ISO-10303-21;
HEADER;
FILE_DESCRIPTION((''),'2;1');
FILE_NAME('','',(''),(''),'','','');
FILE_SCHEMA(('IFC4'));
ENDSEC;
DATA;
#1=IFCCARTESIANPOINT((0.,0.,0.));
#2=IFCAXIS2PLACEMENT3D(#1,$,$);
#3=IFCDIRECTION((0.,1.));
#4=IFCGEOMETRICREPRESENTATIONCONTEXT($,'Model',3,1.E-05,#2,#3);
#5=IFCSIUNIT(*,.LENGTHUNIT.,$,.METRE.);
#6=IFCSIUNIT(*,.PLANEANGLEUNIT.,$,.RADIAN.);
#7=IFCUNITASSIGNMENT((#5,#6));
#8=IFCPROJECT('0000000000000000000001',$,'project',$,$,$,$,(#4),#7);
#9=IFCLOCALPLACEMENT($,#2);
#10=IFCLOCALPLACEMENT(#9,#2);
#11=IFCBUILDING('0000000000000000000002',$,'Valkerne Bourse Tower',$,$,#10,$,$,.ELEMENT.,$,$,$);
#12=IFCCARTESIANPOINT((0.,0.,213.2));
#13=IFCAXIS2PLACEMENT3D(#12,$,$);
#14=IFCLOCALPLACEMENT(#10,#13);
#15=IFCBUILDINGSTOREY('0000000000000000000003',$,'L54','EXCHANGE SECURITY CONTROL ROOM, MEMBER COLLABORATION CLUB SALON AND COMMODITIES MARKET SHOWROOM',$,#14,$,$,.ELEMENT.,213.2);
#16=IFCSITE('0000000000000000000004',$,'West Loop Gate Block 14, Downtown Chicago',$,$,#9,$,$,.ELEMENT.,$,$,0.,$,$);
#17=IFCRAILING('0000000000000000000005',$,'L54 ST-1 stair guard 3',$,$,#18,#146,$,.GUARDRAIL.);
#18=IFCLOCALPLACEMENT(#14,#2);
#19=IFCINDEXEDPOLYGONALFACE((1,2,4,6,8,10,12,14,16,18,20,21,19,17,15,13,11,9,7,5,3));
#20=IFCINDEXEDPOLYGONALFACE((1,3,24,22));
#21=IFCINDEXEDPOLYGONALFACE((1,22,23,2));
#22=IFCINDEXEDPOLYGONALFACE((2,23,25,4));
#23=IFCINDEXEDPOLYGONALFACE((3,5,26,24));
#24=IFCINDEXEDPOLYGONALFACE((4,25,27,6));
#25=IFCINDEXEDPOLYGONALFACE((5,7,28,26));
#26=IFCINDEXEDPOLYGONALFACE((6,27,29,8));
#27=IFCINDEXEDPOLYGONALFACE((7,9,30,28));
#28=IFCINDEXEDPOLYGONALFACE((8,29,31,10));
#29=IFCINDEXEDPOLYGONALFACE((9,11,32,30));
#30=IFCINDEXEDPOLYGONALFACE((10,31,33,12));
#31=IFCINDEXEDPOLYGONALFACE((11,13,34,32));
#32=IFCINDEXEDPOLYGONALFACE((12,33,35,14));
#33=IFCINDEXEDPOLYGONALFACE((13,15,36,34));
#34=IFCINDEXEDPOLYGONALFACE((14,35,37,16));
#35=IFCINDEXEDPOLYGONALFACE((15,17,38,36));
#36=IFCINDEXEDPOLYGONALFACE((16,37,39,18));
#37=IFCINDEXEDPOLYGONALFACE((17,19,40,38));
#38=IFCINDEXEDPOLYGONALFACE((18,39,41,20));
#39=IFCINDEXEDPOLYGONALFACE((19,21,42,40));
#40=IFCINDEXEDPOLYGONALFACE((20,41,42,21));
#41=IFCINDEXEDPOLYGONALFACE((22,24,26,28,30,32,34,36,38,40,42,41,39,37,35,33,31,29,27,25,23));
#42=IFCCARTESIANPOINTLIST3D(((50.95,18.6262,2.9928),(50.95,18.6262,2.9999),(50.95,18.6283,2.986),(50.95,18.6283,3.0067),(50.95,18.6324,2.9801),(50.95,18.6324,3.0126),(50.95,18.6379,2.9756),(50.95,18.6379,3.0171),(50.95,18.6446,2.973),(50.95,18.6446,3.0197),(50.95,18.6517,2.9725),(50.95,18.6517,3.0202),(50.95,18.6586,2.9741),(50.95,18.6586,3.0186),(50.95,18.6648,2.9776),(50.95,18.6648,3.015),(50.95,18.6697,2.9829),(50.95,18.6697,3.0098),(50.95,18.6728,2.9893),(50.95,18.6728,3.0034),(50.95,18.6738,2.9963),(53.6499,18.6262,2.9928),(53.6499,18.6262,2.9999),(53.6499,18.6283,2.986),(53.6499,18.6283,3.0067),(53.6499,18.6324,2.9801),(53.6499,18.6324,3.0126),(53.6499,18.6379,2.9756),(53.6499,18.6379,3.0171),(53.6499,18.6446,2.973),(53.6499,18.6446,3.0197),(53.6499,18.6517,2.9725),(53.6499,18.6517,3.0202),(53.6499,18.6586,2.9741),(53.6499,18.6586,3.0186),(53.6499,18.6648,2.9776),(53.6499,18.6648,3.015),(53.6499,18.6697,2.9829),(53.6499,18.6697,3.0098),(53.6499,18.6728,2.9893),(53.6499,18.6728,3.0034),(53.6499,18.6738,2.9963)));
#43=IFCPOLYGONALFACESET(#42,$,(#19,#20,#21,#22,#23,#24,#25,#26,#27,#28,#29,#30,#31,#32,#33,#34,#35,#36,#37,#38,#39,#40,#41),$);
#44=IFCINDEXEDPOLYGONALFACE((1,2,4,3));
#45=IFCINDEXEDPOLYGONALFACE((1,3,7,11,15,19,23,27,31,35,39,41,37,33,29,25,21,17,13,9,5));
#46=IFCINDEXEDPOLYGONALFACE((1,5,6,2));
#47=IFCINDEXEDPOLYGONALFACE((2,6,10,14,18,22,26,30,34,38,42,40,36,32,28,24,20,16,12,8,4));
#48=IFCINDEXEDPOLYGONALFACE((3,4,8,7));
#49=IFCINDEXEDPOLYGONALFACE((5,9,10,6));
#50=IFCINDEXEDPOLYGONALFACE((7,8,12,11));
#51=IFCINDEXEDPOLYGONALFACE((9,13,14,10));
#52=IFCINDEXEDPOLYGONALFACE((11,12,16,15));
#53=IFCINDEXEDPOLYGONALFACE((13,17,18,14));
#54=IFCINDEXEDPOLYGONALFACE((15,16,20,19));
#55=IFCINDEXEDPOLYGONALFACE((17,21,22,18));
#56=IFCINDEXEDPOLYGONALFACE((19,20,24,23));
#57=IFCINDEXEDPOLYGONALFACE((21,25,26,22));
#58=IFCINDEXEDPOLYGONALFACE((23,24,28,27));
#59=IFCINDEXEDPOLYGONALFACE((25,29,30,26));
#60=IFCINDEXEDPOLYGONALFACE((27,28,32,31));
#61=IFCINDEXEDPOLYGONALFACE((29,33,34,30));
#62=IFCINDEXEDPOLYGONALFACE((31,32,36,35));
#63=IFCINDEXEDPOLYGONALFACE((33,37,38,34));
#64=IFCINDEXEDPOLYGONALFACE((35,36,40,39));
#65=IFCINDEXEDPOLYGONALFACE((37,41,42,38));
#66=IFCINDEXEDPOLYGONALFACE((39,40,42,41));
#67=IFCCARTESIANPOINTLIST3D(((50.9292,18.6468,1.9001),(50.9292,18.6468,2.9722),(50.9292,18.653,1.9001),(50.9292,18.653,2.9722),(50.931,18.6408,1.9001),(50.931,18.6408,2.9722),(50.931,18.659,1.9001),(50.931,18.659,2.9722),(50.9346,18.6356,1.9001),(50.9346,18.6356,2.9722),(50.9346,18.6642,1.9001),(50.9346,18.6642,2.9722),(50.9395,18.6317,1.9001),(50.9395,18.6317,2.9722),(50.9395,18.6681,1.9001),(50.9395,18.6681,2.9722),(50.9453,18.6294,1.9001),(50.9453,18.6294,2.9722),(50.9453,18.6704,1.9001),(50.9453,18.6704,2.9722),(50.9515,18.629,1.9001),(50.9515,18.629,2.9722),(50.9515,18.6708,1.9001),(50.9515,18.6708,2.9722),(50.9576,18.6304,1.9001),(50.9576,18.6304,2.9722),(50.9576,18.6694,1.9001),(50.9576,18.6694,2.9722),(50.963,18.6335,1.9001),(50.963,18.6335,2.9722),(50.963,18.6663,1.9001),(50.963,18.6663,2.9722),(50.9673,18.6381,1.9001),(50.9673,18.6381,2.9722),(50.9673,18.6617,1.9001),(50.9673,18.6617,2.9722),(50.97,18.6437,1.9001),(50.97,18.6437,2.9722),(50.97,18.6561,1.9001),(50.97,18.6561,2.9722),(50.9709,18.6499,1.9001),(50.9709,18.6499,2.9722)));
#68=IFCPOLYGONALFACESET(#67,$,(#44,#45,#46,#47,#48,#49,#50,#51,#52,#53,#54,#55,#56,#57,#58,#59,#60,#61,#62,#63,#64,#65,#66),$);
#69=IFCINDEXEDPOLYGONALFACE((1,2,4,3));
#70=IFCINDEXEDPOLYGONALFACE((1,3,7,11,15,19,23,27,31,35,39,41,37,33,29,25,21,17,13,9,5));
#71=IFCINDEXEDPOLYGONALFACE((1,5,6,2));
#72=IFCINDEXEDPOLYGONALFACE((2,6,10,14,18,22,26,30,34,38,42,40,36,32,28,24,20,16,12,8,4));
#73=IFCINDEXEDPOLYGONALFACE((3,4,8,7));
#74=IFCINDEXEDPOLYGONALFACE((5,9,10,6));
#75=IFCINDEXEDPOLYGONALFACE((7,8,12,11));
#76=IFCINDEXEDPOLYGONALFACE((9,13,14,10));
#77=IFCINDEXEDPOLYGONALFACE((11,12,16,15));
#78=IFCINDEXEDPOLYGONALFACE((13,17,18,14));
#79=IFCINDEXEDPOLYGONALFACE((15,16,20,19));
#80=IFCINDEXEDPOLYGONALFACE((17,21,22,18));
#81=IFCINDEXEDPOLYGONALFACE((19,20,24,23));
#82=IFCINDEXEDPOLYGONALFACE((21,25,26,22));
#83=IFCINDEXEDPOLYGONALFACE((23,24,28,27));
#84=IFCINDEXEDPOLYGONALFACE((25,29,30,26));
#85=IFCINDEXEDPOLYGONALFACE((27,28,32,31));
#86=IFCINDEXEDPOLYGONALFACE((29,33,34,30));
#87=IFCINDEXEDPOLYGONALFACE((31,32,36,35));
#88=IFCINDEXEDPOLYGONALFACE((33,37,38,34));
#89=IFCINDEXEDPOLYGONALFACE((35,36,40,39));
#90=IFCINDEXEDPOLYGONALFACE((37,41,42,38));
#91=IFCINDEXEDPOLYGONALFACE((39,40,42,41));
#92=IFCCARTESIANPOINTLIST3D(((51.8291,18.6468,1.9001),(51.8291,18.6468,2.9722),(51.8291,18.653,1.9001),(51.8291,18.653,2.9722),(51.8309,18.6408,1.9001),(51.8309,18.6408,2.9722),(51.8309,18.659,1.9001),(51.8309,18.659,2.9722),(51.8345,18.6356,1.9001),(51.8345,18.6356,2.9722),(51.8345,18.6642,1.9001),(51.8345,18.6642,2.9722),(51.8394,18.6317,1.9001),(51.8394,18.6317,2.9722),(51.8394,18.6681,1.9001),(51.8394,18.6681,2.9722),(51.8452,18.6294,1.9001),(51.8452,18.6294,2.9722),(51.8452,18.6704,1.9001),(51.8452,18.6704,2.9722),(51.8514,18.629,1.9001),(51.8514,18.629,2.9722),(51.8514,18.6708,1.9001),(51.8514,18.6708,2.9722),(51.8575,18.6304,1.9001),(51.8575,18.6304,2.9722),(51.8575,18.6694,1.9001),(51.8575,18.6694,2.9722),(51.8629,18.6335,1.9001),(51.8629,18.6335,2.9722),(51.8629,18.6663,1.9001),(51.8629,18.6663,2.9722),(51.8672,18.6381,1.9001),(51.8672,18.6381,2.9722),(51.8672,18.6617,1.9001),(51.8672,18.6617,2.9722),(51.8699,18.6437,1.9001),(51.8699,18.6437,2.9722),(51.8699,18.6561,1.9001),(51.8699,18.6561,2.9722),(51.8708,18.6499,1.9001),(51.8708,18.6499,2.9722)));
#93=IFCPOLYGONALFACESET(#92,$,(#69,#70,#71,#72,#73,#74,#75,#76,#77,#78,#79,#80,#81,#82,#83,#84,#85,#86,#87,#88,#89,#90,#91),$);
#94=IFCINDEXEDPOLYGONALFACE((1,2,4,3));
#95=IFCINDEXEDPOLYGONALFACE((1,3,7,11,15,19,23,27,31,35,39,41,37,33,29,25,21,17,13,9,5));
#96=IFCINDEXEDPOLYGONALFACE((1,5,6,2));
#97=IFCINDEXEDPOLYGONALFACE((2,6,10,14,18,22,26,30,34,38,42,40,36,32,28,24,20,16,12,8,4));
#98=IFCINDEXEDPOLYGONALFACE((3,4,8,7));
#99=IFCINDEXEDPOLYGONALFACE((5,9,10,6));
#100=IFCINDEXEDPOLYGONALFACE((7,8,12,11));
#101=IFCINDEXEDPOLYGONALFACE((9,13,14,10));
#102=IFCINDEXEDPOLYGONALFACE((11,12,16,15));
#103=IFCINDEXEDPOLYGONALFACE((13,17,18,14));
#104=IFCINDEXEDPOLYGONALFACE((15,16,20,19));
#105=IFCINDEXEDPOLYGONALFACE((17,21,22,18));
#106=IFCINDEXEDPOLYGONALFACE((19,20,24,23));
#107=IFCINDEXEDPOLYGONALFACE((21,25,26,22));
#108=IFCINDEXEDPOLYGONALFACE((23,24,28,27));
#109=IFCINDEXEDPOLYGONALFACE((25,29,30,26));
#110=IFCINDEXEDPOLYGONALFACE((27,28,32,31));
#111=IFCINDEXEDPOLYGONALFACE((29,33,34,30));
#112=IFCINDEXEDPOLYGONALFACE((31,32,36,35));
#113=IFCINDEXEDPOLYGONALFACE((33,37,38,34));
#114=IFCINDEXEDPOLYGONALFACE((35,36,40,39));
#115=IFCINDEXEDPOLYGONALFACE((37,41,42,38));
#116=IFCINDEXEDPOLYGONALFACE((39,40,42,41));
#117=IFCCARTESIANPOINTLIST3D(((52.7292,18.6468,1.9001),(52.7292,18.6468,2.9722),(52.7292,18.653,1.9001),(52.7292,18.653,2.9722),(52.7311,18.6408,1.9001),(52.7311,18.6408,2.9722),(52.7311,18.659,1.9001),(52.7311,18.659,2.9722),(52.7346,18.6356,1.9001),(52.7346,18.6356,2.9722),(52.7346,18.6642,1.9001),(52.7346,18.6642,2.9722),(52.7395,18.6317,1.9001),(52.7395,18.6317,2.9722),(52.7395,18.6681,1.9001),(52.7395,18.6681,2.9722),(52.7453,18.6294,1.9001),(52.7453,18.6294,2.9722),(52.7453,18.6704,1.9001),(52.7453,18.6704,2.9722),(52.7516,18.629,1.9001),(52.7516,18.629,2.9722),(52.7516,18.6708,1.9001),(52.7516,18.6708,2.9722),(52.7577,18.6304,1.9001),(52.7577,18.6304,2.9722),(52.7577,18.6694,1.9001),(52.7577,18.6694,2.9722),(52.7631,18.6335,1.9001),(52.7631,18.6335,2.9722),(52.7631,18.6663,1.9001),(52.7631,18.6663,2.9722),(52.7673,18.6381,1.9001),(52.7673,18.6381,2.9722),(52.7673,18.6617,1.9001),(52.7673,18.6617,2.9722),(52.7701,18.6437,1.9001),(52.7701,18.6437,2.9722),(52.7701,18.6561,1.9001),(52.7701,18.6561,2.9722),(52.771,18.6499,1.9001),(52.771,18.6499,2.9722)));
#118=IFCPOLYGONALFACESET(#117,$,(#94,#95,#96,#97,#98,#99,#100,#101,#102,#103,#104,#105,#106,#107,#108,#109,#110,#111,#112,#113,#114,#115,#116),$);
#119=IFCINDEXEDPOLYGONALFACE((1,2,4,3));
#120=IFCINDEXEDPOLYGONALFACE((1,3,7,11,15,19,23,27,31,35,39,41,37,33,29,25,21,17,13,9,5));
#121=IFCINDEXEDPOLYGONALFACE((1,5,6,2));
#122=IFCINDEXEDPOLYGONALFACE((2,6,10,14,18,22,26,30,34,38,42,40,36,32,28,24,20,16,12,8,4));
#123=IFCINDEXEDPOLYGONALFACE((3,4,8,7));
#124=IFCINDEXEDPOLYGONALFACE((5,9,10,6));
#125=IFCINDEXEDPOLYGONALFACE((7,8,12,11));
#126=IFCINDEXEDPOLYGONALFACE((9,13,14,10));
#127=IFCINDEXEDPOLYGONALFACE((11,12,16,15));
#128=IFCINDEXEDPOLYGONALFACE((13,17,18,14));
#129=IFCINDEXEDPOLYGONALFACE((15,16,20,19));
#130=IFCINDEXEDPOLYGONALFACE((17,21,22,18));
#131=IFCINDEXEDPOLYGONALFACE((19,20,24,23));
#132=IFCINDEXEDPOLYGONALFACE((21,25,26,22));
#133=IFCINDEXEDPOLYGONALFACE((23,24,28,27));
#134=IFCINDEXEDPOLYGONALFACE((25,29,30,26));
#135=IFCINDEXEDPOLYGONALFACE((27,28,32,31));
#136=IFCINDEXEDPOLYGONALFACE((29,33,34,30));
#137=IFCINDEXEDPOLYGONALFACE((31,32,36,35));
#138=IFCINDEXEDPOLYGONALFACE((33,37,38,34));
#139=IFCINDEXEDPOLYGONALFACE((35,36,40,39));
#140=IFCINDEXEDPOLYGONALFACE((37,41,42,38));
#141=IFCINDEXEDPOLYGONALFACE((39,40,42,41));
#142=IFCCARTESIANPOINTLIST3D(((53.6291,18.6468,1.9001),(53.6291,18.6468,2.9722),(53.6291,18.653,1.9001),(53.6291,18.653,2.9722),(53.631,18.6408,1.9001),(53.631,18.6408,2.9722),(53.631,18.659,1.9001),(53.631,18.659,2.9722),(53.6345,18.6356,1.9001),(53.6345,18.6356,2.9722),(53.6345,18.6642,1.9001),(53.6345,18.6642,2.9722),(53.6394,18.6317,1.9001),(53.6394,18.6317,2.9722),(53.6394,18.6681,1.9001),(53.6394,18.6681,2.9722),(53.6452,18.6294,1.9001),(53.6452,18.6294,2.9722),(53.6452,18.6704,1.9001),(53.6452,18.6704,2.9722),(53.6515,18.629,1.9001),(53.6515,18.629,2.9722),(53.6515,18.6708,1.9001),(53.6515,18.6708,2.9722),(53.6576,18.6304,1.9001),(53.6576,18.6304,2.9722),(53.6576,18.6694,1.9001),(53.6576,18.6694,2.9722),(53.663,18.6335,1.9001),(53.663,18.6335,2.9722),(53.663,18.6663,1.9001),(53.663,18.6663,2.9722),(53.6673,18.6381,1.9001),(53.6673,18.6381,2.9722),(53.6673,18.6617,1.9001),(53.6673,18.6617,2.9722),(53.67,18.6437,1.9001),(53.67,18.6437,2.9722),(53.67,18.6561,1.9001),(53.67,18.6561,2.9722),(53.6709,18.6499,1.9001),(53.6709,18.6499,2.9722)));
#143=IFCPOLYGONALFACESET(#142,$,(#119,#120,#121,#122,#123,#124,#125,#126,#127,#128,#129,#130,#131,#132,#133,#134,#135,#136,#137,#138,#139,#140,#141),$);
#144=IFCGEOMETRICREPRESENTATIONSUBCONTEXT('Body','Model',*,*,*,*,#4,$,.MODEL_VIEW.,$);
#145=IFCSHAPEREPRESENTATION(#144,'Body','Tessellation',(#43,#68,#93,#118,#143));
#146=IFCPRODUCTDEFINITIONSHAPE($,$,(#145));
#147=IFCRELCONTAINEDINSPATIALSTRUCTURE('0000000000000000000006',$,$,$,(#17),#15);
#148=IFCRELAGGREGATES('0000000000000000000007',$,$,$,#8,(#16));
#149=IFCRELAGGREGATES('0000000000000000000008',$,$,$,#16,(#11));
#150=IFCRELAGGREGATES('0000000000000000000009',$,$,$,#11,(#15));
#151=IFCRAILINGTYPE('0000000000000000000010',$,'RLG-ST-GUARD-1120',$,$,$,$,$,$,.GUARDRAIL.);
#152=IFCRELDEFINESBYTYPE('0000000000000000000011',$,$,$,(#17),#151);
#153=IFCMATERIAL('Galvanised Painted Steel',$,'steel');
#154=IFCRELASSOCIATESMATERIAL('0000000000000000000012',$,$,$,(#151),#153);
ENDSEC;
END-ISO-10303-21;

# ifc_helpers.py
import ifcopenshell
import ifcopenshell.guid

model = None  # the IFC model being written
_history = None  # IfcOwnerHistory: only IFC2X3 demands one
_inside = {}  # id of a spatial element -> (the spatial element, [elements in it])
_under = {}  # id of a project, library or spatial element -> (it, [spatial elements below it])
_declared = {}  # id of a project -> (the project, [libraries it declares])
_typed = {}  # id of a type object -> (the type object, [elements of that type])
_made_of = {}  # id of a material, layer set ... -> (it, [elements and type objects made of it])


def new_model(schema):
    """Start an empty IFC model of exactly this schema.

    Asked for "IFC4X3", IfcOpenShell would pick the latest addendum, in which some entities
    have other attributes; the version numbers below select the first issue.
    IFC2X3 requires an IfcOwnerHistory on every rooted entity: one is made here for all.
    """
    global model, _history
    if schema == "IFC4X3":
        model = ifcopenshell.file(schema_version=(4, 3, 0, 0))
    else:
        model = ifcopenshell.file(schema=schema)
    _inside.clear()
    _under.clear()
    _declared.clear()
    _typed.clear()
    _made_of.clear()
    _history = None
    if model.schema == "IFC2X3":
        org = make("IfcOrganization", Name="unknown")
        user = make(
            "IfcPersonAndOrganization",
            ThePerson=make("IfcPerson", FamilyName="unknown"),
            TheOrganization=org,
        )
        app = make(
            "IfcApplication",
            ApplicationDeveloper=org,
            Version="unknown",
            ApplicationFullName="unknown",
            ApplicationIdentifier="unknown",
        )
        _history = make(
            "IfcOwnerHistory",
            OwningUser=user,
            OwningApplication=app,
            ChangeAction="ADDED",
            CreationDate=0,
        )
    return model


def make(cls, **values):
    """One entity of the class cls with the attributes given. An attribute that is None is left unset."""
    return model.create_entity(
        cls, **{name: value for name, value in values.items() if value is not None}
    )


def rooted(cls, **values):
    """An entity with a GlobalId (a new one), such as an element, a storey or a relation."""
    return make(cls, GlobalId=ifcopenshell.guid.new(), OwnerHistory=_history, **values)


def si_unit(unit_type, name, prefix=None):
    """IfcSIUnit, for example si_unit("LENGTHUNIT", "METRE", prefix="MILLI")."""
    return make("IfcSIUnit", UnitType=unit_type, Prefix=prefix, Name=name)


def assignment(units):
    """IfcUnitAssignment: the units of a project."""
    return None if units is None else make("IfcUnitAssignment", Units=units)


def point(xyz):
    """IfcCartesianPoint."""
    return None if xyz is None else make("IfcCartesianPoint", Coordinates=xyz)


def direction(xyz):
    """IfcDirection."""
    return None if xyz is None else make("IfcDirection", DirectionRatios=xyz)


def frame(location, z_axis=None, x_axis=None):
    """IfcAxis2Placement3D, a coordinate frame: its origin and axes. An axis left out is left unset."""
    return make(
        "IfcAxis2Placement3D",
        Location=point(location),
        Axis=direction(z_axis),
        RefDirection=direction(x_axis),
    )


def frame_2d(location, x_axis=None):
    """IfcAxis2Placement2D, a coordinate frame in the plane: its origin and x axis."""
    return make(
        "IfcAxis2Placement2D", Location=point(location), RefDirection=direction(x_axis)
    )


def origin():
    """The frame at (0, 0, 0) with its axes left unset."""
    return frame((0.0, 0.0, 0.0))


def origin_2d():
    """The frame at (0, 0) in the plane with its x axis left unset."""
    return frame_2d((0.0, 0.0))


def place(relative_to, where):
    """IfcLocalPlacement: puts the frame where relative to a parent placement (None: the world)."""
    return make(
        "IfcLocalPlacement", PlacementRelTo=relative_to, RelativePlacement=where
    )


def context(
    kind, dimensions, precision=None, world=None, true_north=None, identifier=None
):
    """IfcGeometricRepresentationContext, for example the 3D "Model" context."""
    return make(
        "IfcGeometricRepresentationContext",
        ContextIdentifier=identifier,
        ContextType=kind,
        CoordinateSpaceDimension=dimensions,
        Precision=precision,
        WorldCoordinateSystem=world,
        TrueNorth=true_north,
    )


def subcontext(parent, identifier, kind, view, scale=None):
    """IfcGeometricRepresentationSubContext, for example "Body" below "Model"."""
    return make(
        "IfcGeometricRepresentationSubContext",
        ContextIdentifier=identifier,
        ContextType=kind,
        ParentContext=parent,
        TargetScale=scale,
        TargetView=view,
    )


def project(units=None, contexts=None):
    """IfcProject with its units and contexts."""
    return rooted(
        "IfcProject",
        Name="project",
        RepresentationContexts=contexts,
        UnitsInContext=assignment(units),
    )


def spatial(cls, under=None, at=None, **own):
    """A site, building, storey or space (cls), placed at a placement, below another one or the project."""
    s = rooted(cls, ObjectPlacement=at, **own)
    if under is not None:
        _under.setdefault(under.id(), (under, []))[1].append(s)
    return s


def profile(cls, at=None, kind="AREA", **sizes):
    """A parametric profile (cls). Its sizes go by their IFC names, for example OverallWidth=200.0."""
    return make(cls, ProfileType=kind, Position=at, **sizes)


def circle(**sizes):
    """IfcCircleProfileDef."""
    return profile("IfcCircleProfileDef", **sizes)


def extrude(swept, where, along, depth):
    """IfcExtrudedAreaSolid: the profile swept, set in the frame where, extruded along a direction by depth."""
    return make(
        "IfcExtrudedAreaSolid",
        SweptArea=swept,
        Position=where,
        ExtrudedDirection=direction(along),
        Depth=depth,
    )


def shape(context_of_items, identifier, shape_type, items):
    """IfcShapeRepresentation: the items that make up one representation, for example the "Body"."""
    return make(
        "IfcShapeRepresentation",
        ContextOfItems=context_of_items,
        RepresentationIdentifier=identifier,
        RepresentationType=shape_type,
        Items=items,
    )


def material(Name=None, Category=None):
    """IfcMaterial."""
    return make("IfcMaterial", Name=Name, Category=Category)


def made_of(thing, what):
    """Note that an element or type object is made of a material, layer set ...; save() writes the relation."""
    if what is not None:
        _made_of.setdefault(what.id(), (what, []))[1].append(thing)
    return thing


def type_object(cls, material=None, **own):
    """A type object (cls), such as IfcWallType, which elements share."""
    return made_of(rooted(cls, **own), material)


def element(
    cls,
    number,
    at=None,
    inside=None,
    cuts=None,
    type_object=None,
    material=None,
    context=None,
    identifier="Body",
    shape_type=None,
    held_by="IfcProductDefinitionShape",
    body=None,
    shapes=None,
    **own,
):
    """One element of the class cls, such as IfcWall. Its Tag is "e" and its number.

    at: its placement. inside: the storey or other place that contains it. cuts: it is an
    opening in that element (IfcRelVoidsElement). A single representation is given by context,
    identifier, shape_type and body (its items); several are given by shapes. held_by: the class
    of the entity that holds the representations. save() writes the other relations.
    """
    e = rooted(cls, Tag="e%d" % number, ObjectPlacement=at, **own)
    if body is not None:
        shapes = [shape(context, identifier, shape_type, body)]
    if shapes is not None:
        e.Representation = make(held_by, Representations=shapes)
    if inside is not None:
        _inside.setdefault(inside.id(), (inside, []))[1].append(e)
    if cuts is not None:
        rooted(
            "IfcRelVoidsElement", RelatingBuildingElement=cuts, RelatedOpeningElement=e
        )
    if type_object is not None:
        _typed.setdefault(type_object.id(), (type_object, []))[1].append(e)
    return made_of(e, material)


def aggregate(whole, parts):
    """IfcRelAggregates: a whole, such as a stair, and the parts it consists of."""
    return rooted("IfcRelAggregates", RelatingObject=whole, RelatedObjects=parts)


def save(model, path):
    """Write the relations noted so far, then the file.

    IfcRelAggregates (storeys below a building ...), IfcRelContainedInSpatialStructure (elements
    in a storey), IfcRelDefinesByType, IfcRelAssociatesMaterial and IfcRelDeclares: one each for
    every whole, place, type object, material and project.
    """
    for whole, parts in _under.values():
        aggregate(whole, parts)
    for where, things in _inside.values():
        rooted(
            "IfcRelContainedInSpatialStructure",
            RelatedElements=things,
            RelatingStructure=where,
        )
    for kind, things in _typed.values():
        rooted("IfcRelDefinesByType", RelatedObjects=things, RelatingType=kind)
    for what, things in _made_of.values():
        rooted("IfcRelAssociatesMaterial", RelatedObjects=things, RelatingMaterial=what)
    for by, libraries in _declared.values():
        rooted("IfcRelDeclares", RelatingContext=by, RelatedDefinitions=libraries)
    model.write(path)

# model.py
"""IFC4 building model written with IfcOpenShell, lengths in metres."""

from ifc_helpers import new_model, si_unit, direction, frame, origin, origin_2d, place, context, subcontext, project, spatial, circle, extrude, material, type_object, element, save


model = new_model("IFC4")

# Units and contexts
model_context = context("Model", 3, precision=1e-05, world=origin(), true_north=direction((0.0, 1.0)))
body_context = subcontext(model_context, "Body", "Model", "MODEL_VIEW")
ifc_project = project(units=[si_unit("LENGTHUNIT", "METRE"), si_unit("PLANEANGLEUNIT", "RADIAN")], contexts=[model_context])

# Site, building, storey
site_placement = place(None, origin())
site = spatial("IfcSite", under=ifc_project, at=site_placement, Name="West Loop Gate Block 14, Downtown Chicago", CompositionType="ELEMENT", RefElevation=0.0)
building_placement = place(site_placement, origin())
building = spatial("IfcBuilding", under=site, at=building_placement, Name="Valkerne Bourse Tower", CompositionType="ELEMENT")
storey_placement = place(building_placement, frame((0.0, 0.0, 213.2)))
storey = spatial("IfcBuildingStorey", under=building, at=storey_placement, Name="L54", Description="EXCHANGE SECURITY CONTROL ROOM, MEMBER COLLABORATION CLUB SALON AND COMMODITIES MARKET SHOWROOM", CompositionType="ELEMENT", Elevation=213.2)

# Shared definitions
ifc_material_1 = material(Name="Galvanised Painted Steel", Category="steel")

# Railing
railing_type_1 = type_object("IfcRailingType", Name="RLG-ST-GUARD-1120", PredefinedType="GUARDRAIL", material=ifc_material_1)
for number, where, name in (
    (1, (50.95, 18.6499, 1.9001), "L54 ST-1 stair guard 3"),
):
    element("IfcRailing", number, at=place(storey_placement, frame(where)), inside=storey, type_object=railing_type_1, Name=name, PredefinedType="GUARDRAIL", context=body_context, shape_type="SweptSolid", body=[
        extrude(circle(Radius=0.0239, at=origin_2d()), frame((0.0, 0.0, 1.0962), z_axis=(1.0, 0.0, 0.0), x_axis=(0.0, 1.0, 0.0)), (0.0, 0.0, 1.0), 2.7),
        extrude(circle(Radius=0.021, at=origin_2d()), origin(), (0.0, 0.0, 1.0), 1.072),
        extrude(circle(Radius=0.021, at=origin_2d()), frame((0.8999, 0.0, 0.0)), (0.0, 0.0, 1.0), 1.072),
        extrude(circle(Radius=0.021, at=origin_2d()), frame((1.8, 0.0, 0.0)), (0.0, 0.0, 1.0), 1.072),
        extrude(circle(Radius=0.021, at=origin_2d()), frame((2.7, 0.0, 0.0)), (0.0, 0.0, 1.0), 1.072),
    ])

save(model, "model.ifc")
